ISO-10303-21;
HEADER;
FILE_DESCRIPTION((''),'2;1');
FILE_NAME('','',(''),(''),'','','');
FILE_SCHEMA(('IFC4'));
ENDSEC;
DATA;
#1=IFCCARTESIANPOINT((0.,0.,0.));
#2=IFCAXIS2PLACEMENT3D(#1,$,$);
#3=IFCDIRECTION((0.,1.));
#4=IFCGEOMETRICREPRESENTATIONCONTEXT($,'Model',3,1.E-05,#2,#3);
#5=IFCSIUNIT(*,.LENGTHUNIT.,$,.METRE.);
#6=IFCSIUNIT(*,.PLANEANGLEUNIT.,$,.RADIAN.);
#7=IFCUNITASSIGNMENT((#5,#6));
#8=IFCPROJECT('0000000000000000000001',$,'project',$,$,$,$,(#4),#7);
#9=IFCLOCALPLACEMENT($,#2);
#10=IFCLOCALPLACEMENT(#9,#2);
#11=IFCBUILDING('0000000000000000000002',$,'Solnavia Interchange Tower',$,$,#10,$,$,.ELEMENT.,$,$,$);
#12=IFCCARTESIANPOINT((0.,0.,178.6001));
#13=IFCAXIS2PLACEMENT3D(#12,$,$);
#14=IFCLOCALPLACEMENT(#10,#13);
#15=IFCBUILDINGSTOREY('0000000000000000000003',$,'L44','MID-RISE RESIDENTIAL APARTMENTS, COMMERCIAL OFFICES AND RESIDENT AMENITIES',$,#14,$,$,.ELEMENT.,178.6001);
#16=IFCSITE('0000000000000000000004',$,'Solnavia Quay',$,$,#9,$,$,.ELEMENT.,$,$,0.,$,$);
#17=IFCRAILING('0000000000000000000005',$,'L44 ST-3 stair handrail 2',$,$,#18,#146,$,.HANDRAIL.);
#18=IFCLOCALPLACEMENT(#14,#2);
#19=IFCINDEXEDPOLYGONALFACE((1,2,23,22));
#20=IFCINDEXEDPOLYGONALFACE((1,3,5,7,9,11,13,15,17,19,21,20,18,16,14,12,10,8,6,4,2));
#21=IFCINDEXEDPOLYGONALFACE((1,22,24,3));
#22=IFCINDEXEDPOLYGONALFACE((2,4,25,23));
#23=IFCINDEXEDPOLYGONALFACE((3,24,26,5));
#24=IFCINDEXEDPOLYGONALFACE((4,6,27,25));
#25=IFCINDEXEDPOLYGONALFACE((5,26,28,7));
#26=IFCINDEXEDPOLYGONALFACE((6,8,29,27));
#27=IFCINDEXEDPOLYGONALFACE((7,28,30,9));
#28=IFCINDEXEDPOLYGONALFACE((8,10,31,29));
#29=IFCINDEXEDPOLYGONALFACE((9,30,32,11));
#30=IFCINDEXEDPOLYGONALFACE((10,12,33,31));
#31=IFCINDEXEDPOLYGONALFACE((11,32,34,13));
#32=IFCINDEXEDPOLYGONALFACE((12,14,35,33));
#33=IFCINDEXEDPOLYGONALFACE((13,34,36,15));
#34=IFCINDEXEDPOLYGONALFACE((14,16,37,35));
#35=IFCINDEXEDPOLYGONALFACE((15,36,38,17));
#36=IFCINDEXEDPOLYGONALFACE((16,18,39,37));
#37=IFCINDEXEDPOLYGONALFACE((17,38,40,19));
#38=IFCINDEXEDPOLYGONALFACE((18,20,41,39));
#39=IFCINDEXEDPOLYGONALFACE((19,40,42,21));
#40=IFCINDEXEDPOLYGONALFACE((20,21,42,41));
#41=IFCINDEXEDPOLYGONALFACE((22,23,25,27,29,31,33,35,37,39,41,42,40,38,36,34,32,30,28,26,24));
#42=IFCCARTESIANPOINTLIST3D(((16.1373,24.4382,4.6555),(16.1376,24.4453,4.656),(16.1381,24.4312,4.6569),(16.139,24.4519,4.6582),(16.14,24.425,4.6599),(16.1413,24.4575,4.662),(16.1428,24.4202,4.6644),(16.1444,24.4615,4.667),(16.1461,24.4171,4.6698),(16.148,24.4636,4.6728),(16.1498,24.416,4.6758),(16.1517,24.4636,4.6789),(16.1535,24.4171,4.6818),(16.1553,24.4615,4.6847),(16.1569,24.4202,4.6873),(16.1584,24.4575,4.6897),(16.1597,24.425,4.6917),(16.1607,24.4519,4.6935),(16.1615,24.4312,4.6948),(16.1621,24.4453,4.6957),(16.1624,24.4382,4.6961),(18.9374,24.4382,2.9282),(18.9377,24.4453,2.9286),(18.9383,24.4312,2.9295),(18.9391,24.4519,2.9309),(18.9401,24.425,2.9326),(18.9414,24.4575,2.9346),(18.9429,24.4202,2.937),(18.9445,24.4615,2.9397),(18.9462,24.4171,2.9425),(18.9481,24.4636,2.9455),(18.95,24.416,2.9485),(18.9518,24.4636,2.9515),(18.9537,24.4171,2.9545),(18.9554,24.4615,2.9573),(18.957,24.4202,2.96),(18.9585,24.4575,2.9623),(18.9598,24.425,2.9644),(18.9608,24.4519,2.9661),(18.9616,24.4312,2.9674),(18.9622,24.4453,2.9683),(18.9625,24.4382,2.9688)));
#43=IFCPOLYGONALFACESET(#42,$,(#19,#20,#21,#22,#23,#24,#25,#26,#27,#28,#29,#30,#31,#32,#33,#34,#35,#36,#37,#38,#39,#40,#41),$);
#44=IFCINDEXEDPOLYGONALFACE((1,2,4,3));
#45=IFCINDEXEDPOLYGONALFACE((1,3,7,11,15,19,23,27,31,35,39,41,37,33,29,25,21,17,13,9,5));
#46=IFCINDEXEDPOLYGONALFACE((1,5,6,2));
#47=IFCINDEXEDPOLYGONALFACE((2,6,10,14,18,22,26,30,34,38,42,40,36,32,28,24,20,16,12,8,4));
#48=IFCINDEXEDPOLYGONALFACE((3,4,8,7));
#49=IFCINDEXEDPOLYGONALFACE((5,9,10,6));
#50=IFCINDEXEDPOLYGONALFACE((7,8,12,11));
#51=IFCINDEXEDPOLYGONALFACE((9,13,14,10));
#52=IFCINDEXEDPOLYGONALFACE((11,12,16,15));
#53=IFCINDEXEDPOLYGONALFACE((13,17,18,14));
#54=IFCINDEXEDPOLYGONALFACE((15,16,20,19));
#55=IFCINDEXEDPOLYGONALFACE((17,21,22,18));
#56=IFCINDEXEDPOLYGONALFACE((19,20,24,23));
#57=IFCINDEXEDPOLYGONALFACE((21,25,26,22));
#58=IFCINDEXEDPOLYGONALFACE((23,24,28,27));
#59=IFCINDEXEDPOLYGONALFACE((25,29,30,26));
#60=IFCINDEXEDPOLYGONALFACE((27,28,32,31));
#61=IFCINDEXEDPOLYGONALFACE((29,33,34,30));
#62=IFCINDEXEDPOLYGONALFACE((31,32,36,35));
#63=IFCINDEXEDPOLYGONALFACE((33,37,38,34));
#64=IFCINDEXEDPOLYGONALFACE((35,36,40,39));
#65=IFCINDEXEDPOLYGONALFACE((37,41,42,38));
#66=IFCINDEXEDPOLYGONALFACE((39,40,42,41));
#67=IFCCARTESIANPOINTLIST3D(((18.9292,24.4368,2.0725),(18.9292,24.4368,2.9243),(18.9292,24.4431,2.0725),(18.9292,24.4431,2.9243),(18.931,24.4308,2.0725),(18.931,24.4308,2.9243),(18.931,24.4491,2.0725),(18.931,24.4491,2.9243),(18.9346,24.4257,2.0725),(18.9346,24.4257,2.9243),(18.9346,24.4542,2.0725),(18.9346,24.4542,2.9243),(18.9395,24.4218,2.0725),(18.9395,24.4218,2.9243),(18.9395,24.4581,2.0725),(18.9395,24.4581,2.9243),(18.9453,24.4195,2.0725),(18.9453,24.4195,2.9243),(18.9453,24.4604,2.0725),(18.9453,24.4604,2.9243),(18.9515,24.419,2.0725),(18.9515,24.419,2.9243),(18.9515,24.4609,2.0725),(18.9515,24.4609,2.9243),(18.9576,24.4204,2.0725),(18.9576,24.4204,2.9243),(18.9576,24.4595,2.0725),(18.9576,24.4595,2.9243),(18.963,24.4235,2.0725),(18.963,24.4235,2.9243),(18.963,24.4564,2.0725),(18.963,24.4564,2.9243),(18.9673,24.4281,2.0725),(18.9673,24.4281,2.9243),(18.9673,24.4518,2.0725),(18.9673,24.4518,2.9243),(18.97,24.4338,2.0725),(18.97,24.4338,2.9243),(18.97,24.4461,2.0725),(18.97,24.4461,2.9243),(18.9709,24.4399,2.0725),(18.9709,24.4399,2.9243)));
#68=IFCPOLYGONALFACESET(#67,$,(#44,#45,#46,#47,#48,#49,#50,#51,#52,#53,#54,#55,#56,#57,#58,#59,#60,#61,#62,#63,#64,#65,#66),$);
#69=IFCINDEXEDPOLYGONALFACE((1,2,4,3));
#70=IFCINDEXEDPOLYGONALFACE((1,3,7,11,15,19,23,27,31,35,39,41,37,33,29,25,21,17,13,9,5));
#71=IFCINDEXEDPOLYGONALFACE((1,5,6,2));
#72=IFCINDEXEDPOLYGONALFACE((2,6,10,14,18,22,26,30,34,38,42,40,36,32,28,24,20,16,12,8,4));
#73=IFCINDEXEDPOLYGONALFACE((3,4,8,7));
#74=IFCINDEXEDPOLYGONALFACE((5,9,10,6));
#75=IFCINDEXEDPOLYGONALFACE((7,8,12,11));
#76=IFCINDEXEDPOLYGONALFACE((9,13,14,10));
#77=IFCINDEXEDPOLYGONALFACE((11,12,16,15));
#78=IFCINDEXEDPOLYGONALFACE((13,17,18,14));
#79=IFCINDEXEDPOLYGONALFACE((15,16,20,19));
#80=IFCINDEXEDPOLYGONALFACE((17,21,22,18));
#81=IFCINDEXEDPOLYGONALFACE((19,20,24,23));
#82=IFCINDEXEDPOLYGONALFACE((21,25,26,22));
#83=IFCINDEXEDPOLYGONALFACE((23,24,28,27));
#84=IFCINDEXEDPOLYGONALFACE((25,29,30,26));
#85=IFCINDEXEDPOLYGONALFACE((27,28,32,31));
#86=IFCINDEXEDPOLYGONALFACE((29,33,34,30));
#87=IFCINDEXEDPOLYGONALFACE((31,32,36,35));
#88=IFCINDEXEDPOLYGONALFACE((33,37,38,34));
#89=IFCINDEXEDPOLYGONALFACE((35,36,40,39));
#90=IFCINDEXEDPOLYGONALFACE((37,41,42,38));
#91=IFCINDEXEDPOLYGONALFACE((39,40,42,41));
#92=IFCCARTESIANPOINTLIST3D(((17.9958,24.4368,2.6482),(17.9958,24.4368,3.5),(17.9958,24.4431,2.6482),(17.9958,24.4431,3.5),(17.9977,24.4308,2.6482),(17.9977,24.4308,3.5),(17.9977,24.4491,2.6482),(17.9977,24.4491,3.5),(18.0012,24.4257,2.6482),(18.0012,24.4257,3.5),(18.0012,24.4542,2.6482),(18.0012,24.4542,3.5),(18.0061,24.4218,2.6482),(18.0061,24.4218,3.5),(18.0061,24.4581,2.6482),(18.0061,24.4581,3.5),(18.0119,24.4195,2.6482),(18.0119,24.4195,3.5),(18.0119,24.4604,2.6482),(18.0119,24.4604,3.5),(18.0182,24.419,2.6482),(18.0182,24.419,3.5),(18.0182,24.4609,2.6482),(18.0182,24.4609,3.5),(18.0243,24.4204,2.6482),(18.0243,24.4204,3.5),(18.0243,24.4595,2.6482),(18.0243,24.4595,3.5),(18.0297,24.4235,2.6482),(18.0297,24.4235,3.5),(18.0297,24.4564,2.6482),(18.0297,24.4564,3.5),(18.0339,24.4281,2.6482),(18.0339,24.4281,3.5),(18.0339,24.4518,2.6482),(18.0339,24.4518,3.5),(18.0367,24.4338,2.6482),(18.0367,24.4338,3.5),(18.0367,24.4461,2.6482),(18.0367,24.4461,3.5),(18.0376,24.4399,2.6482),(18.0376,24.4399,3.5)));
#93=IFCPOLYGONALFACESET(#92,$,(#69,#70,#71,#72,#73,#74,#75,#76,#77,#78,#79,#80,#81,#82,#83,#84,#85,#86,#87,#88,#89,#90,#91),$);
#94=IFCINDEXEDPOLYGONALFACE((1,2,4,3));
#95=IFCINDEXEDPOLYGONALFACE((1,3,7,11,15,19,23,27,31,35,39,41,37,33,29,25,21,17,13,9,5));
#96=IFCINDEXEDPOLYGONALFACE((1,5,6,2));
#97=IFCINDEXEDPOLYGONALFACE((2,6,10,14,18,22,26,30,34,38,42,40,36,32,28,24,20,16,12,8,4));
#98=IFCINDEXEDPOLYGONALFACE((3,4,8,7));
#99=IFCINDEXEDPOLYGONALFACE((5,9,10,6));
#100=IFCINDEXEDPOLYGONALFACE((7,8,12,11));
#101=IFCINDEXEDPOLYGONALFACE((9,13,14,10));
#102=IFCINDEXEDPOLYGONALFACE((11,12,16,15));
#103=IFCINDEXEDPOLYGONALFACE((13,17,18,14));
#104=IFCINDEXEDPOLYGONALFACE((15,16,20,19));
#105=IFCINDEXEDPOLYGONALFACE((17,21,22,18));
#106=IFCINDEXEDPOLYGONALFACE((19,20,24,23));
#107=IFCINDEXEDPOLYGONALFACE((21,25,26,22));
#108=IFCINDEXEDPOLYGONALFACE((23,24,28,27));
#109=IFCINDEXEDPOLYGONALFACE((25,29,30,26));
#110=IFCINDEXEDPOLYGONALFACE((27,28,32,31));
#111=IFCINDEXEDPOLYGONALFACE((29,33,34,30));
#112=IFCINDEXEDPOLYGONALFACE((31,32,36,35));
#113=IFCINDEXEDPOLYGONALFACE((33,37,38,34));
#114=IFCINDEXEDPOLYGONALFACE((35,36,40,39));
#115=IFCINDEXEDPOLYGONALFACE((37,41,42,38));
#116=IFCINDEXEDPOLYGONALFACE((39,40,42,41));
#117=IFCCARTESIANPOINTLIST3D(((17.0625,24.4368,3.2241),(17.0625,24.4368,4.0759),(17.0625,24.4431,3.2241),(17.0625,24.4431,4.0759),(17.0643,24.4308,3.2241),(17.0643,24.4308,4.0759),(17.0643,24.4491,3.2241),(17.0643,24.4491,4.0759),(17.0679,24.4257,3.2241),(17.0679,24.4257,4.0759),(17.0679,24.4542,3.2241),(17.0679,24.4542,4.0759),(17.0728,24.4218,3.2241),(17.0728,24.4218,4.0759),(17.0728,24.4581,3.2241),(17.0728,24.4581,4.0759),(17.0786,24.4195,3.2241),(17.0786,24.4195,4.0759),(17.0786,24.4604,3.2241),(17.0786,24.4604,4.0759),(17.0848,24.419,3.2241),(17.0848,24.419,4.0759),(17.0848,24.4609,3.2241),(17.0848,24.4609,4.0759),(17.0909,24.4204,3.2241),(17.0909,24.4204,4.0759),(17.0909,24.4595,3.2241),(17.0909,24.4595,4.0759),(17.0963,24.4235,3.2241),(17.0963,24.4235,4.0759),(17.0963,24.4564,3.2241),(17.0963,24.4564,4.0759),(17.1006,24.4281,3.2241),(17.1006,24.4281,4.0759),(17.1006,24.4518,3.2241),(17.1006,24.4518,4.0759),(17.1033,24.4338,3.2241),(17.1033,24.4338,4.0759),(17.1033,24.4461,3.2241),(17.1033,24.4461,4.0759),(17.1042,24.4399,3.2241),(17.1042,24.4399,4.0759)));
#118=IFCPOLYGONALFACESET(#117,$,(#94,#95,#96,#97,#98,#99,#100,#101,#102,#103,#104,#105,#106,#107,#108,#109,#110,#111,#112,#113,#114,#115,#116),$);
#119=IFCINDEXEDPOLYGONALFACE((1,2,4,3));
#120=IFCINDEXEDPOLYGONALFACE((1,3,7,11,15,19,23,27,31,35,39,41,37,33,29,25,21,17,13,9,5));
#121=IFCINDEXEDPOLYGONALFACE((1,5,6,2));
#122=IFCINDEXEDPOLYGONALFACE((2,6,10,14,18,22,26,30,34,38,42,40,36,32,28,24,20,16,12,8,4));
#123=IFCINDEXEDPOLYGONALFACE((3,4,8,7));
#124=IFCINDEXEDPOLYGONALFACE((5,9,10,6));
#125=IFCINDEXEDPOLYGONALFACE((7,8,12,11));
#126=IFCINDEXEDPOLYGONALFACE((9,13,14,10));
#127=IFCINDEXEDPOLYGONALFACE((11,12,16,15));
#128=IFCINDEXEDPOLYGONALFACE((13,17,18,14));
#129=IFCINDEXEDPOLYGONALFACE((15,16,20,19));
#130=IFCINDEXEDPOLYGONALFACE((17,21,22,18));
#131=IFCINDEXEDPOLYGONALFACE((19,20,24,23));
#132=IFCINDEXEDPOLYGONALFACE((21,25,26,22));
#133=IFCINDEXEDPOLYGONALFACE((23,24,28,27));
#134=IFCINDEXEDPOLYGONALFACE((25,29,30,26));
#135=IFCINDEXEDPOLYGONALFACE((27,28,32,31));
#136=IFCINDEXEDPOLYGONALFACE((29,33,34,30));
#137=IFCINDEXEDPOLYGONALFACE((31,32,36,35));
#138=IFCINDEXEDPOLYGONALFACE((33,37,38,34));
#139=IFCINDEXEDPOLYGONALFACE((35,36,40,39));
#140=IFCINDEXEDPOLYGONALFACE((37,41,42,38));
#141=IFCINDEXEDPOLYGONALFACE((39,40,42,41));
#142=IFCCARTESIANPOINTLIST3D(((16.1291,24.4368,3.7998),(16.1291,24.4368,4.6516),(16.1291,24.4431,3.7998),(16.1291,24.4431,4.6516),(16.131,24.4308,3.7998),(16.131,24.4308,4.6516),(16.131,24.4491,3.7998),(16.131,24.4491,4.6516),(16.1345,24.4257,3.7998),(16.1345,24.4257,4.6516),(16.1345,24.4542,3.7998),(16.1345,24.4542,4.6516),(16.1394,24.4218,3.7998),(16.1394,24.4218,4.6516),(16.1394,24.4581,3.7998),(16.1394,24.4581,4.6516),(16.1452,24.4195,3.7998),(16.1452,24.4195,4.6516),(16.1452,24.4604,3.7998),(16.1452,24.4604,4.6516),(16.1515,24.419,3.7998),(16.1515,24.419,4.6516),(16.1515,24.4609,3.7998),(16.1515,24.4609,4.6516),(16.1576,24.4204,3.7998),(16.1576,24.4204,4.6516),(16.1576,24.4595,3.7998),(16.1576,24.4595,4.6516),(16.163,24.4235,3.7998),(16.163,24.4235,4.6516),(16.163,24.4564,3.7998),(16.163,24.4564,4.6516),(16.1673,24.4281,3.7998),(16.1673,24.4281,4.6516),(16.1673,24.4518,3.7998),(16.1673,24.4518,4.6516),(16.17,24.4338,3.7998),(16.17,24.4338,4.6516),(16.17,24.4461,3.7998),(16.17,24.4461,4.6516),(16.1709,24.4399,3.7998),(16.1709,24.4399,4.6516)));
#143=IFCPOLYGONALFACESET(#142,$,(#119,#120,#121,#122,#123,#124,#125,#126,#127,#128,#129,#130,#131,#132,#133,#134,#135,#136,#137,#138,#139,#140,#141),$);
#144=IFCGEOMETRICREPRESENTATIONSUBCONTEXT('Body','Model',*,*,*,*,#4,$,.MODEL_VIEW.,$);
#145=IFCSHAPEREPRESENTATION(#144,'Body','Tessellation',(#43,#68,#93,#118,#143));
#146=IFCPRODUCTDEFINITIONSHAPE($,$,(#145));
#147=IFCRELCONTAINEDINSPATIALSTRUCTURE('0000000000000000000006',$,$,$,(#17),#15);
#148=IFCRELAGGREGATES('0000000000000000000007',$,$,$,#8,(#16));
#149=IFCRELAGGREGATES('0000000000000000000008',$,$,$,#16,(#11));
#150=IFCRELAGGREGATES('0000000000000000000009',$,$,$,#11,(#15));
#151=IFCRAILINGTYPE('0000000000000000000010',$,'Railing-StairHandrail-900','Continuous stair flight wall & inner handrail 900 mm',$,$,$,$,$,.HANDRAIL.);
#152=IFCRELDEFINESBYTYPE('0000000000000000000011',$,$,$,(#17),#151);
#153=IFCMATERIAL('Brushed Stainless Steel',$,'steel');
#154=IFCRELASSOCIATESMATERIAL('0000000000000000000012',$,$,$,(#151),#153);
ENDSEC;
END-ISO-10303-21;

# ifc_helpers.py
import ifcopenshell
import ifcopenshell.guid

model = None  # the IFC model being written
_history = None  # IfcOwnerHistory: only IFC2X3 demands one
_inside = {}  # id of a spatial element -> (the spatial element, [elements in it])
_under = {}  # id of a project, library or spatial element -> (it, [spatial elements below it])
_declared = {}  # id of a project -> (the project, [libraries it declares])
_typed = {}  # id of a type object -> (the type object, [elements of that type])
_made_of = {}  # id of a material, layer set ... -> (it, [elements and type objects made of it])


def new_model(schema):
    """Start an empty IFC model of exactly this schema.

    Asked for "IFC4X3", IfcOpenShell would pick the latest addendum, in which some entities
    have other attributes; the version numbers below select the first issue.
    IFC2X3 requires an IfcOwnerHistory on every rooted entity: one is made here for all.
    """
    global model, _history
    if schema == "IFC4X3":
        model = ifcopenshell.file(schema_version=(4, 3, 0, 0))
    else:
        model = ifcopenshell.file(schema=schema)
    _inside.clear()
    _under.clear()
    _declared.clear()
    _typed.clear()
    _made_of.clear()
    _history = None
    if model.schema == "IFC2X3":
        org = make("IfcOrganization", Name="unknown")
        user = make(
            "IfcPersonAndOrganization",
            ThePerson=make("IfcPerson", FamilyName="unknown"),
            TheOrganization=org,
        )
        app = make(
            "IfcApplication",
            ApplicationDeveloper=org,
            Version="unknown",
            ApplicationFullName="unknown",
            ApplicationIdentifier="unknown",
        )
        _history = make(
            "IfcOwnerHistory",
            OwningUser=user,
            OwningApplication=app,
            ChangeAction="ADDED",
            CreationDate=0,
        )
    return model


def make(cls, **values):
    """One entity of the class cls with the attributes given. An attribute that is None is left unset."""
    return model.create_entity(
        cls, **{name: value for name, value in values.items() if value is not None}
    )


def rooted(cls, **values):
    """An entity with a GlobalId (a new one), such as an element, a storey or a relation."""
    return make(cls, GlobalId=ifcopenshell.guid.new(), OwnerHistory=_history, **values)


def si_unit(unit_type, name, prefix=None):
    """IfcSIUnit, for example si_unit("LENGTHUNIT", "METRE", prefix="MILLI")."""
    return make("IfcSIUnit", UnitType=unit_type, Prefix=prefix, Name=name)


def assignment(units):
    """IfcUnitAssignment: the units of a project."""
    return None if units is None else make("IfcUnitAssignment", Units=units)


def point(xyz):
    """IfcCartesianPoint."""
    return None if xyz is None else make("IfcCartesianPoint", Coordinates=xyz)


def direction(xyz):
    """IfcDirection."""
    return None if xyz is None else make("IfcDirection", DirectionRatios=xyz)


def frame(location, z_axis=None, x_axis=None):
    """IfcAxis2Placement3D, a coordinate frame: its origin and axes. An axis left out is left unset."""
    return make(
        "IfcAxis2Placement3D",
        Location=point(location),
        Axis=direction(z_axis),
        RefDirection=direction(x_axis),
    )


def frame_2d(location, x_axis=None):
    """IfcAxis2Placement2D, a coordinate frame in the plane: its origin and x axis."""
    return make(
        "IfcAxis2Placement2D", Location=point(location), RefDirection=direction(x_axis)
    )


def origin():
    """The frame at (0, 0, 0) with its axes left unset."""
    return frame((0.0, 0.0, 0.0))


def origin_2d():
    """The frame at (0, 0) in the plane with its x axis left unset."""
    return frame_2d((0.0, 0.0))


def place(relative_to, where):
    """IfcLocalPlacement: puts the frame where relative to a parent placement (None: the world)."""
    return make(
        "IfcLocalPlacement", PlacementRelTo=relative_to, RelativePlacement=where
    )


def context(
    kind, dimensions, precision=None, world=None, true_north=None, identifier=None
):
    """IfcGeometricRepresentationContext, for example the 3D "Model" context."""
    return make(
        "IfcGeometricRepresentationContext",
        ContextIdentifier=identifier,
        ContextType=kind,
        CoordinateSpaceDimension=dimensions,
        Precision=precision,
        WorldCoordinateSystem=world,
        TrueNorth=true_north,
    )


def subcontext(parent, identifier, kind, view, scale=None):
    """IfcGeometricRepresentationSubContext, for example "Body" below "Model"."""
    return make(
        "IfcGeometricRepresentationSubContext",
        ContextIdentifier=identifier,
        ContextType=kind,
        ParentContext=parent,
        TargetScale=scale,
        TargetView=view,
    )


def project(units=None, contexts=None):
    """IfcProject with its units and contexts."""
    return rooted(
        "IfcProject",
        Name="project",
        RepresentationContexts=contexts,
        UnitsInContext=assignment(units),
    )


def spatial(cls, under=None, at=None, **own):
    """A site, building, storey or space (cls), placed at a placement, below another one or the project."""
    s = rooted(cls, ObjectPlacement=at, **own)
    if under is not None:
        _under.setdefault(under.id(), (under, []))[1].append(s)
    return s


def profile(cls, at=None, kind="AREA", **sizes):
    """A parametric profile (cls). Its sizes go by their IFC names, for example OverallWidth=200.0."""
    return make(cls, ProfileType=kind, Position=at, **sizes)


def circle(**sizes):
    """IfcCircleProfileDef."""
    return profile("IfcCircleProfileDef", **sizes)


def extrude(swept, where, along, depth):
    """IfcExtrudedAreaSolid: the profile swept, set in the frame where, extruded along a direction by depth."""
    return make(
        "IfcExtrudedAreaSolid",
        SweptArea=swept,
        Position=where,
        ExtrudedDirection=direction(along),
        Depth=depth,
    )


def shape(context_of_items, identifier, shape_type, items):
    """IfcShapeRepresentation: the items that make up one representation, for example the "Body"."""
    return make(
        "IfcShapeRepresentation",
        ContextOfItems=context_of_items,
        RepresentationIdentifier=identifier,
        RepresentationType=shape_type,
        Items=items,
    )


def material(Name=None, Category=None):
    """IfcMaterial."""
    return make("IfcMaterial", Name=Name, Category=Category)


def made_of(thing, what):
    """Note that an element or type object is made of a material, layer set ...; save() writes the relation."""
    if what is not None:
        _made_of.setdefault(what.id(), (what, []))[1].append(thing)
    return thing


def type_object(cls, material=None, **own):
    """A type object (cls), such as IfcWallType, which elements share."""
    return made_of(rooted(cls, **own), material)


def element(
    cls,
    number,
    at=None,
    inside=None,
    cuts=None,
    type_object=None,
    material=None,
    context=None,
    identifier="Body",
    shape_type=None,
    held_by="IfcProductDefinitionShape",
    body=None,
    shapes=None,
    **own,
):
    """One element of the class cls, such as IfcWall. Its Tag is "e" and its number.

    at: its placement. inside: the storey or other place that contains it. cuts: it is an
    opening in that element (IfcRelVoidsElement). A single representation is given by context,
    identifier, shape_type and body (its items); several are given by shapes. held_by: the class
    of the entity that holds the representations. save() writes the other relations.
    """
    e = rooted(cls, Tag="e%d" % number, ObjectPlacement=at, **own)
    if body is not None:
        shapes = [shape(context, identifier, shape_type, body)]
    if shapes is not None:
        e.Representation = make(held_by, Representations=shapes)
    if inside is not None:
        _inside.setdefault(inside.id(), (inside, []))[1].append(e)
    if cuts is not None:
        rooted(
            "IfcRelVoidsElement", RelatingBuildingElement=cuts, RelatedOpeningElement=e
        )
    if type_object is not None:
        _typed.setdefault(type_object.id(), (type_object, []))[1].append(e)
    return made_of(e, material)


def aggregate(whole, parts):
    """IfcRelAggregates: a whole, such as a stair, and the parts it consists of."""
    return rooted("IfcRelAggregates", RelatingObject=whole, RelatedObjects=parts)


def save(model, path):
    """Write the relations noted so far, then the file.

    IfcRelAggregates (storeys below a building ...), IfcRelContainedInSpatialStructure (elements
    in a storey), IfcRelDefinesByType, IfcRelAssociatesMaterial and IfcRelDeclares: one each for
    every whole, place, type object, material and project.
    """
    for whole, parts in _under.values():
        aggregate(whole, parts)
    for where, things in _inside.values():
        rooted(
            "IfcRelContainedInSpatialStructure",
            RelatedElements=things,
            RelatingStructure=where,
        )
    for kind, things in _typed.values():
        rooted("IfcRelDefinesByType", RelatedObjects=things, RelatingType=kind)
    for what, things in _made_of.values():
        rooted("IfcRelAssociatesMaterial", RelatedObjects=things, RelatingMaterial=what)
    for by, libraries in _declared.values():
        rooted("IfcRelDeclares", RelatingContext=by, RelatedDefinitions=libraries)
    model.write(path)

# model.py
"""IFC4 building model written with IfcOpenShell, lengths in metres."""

from ifc_helpers import new_model, si_unit, direction, frame, origin, origin_2d, place, context, subcontext, project, spatial, circle, extrude, material, type_object, element, save


model = new_model("IFC4")

# Units and contexts
model_context = context("Model", 3, precision=1e-05, world=origin(), true_north=direction((0.0, 1.0)))
body_context = subcontext(model_context, "Body", "Model", "MODEL_VIEW")
ifc_project = project(units=[si_unit("LENGTHUNIT", "METRE"), si_unit("PLANEANGLEUNIT", "RADIAN")], contexts=[model_context])

# Site, building, storey
site_placement = place(None, origin())
site = spatial("IfcSite", under=ifc_project, at=site_placement, Name="Solnavia Quay", CompositionType="ELEMENT", RefElevation=0.0)
building_placement = place(site_placement, origin())
building = spatial("IfcBuilding", under=site, at=building_placement, Name="Solnavia Interchange Tower", CompositionType="ELEMENT")
storey_placement = place(building_placement, frame((0.0, 0.0, 178.6001)))
storey = spatial("IfcBuildingStorey", under=building, at=storey_placement, Name="L44", Description="MID-RISE RESIDENTIAL APARTMENTS, COMMERCIAL OFFICES AND RESIDENT AMENITIES", CompositionType="ELEMENT", Elevation=178.6001)

# Railing
ifc_material_1 = material(Name="Brushed Stainless Steel", Category="steel")
railing_type_1 = type_object("IfcRailingType", Name="Railing-StairHandrail-900", Description="Continuous stair flight wall & inner handrail 900 mm", PredefinedType="HANDRAIL", material=ifc_material_1)
railing_1_placement = place(storey_placement, frame((18.95, 24.4399, 2.0725)))
element("IfcRailing", 1, at=railing_1_placement, inside=storey, type_object=railing_type_1, Name="L44 ST-3 stair handrail 2", PredefinedType="HANDRAIL", context=body_context, shape_type="SweptSolid", body=[
    extrude(circle(Radius=0.0239, at=origin_2d()), frame((0.0, 0.0, 0.876), z_axis=(-0.85109, 0.0, 0.52502), x_axis=(0.0, -1.0, 0.0)), (0.0, 0.0, 1.0), 3.29),
    extrude(circle(Radius=0.021, at=origin_2d()), origin(), (0.0, 0.0, 1.0), 0.8518),
    extrude(circle(Radius=0.021, at=origin_2d()), frame((-0.9333, 0.0, 0.5757)), (0.0, 0.0, 1.0), 0.8518),
    extrude(circle(Radius=0.021, at=origin_2d()), frame((-1.8667, 0.0, 1.1516)), (0.0, 0.0, 1.0), 0.8518),
    extrude(circle(Radius=0.021, at=origin_2d()), frame((-2.8, 0.0, 1.7273)), (0.0, 0.0, 1.0), 0.8518),
])

save(model, "model.ifc")
